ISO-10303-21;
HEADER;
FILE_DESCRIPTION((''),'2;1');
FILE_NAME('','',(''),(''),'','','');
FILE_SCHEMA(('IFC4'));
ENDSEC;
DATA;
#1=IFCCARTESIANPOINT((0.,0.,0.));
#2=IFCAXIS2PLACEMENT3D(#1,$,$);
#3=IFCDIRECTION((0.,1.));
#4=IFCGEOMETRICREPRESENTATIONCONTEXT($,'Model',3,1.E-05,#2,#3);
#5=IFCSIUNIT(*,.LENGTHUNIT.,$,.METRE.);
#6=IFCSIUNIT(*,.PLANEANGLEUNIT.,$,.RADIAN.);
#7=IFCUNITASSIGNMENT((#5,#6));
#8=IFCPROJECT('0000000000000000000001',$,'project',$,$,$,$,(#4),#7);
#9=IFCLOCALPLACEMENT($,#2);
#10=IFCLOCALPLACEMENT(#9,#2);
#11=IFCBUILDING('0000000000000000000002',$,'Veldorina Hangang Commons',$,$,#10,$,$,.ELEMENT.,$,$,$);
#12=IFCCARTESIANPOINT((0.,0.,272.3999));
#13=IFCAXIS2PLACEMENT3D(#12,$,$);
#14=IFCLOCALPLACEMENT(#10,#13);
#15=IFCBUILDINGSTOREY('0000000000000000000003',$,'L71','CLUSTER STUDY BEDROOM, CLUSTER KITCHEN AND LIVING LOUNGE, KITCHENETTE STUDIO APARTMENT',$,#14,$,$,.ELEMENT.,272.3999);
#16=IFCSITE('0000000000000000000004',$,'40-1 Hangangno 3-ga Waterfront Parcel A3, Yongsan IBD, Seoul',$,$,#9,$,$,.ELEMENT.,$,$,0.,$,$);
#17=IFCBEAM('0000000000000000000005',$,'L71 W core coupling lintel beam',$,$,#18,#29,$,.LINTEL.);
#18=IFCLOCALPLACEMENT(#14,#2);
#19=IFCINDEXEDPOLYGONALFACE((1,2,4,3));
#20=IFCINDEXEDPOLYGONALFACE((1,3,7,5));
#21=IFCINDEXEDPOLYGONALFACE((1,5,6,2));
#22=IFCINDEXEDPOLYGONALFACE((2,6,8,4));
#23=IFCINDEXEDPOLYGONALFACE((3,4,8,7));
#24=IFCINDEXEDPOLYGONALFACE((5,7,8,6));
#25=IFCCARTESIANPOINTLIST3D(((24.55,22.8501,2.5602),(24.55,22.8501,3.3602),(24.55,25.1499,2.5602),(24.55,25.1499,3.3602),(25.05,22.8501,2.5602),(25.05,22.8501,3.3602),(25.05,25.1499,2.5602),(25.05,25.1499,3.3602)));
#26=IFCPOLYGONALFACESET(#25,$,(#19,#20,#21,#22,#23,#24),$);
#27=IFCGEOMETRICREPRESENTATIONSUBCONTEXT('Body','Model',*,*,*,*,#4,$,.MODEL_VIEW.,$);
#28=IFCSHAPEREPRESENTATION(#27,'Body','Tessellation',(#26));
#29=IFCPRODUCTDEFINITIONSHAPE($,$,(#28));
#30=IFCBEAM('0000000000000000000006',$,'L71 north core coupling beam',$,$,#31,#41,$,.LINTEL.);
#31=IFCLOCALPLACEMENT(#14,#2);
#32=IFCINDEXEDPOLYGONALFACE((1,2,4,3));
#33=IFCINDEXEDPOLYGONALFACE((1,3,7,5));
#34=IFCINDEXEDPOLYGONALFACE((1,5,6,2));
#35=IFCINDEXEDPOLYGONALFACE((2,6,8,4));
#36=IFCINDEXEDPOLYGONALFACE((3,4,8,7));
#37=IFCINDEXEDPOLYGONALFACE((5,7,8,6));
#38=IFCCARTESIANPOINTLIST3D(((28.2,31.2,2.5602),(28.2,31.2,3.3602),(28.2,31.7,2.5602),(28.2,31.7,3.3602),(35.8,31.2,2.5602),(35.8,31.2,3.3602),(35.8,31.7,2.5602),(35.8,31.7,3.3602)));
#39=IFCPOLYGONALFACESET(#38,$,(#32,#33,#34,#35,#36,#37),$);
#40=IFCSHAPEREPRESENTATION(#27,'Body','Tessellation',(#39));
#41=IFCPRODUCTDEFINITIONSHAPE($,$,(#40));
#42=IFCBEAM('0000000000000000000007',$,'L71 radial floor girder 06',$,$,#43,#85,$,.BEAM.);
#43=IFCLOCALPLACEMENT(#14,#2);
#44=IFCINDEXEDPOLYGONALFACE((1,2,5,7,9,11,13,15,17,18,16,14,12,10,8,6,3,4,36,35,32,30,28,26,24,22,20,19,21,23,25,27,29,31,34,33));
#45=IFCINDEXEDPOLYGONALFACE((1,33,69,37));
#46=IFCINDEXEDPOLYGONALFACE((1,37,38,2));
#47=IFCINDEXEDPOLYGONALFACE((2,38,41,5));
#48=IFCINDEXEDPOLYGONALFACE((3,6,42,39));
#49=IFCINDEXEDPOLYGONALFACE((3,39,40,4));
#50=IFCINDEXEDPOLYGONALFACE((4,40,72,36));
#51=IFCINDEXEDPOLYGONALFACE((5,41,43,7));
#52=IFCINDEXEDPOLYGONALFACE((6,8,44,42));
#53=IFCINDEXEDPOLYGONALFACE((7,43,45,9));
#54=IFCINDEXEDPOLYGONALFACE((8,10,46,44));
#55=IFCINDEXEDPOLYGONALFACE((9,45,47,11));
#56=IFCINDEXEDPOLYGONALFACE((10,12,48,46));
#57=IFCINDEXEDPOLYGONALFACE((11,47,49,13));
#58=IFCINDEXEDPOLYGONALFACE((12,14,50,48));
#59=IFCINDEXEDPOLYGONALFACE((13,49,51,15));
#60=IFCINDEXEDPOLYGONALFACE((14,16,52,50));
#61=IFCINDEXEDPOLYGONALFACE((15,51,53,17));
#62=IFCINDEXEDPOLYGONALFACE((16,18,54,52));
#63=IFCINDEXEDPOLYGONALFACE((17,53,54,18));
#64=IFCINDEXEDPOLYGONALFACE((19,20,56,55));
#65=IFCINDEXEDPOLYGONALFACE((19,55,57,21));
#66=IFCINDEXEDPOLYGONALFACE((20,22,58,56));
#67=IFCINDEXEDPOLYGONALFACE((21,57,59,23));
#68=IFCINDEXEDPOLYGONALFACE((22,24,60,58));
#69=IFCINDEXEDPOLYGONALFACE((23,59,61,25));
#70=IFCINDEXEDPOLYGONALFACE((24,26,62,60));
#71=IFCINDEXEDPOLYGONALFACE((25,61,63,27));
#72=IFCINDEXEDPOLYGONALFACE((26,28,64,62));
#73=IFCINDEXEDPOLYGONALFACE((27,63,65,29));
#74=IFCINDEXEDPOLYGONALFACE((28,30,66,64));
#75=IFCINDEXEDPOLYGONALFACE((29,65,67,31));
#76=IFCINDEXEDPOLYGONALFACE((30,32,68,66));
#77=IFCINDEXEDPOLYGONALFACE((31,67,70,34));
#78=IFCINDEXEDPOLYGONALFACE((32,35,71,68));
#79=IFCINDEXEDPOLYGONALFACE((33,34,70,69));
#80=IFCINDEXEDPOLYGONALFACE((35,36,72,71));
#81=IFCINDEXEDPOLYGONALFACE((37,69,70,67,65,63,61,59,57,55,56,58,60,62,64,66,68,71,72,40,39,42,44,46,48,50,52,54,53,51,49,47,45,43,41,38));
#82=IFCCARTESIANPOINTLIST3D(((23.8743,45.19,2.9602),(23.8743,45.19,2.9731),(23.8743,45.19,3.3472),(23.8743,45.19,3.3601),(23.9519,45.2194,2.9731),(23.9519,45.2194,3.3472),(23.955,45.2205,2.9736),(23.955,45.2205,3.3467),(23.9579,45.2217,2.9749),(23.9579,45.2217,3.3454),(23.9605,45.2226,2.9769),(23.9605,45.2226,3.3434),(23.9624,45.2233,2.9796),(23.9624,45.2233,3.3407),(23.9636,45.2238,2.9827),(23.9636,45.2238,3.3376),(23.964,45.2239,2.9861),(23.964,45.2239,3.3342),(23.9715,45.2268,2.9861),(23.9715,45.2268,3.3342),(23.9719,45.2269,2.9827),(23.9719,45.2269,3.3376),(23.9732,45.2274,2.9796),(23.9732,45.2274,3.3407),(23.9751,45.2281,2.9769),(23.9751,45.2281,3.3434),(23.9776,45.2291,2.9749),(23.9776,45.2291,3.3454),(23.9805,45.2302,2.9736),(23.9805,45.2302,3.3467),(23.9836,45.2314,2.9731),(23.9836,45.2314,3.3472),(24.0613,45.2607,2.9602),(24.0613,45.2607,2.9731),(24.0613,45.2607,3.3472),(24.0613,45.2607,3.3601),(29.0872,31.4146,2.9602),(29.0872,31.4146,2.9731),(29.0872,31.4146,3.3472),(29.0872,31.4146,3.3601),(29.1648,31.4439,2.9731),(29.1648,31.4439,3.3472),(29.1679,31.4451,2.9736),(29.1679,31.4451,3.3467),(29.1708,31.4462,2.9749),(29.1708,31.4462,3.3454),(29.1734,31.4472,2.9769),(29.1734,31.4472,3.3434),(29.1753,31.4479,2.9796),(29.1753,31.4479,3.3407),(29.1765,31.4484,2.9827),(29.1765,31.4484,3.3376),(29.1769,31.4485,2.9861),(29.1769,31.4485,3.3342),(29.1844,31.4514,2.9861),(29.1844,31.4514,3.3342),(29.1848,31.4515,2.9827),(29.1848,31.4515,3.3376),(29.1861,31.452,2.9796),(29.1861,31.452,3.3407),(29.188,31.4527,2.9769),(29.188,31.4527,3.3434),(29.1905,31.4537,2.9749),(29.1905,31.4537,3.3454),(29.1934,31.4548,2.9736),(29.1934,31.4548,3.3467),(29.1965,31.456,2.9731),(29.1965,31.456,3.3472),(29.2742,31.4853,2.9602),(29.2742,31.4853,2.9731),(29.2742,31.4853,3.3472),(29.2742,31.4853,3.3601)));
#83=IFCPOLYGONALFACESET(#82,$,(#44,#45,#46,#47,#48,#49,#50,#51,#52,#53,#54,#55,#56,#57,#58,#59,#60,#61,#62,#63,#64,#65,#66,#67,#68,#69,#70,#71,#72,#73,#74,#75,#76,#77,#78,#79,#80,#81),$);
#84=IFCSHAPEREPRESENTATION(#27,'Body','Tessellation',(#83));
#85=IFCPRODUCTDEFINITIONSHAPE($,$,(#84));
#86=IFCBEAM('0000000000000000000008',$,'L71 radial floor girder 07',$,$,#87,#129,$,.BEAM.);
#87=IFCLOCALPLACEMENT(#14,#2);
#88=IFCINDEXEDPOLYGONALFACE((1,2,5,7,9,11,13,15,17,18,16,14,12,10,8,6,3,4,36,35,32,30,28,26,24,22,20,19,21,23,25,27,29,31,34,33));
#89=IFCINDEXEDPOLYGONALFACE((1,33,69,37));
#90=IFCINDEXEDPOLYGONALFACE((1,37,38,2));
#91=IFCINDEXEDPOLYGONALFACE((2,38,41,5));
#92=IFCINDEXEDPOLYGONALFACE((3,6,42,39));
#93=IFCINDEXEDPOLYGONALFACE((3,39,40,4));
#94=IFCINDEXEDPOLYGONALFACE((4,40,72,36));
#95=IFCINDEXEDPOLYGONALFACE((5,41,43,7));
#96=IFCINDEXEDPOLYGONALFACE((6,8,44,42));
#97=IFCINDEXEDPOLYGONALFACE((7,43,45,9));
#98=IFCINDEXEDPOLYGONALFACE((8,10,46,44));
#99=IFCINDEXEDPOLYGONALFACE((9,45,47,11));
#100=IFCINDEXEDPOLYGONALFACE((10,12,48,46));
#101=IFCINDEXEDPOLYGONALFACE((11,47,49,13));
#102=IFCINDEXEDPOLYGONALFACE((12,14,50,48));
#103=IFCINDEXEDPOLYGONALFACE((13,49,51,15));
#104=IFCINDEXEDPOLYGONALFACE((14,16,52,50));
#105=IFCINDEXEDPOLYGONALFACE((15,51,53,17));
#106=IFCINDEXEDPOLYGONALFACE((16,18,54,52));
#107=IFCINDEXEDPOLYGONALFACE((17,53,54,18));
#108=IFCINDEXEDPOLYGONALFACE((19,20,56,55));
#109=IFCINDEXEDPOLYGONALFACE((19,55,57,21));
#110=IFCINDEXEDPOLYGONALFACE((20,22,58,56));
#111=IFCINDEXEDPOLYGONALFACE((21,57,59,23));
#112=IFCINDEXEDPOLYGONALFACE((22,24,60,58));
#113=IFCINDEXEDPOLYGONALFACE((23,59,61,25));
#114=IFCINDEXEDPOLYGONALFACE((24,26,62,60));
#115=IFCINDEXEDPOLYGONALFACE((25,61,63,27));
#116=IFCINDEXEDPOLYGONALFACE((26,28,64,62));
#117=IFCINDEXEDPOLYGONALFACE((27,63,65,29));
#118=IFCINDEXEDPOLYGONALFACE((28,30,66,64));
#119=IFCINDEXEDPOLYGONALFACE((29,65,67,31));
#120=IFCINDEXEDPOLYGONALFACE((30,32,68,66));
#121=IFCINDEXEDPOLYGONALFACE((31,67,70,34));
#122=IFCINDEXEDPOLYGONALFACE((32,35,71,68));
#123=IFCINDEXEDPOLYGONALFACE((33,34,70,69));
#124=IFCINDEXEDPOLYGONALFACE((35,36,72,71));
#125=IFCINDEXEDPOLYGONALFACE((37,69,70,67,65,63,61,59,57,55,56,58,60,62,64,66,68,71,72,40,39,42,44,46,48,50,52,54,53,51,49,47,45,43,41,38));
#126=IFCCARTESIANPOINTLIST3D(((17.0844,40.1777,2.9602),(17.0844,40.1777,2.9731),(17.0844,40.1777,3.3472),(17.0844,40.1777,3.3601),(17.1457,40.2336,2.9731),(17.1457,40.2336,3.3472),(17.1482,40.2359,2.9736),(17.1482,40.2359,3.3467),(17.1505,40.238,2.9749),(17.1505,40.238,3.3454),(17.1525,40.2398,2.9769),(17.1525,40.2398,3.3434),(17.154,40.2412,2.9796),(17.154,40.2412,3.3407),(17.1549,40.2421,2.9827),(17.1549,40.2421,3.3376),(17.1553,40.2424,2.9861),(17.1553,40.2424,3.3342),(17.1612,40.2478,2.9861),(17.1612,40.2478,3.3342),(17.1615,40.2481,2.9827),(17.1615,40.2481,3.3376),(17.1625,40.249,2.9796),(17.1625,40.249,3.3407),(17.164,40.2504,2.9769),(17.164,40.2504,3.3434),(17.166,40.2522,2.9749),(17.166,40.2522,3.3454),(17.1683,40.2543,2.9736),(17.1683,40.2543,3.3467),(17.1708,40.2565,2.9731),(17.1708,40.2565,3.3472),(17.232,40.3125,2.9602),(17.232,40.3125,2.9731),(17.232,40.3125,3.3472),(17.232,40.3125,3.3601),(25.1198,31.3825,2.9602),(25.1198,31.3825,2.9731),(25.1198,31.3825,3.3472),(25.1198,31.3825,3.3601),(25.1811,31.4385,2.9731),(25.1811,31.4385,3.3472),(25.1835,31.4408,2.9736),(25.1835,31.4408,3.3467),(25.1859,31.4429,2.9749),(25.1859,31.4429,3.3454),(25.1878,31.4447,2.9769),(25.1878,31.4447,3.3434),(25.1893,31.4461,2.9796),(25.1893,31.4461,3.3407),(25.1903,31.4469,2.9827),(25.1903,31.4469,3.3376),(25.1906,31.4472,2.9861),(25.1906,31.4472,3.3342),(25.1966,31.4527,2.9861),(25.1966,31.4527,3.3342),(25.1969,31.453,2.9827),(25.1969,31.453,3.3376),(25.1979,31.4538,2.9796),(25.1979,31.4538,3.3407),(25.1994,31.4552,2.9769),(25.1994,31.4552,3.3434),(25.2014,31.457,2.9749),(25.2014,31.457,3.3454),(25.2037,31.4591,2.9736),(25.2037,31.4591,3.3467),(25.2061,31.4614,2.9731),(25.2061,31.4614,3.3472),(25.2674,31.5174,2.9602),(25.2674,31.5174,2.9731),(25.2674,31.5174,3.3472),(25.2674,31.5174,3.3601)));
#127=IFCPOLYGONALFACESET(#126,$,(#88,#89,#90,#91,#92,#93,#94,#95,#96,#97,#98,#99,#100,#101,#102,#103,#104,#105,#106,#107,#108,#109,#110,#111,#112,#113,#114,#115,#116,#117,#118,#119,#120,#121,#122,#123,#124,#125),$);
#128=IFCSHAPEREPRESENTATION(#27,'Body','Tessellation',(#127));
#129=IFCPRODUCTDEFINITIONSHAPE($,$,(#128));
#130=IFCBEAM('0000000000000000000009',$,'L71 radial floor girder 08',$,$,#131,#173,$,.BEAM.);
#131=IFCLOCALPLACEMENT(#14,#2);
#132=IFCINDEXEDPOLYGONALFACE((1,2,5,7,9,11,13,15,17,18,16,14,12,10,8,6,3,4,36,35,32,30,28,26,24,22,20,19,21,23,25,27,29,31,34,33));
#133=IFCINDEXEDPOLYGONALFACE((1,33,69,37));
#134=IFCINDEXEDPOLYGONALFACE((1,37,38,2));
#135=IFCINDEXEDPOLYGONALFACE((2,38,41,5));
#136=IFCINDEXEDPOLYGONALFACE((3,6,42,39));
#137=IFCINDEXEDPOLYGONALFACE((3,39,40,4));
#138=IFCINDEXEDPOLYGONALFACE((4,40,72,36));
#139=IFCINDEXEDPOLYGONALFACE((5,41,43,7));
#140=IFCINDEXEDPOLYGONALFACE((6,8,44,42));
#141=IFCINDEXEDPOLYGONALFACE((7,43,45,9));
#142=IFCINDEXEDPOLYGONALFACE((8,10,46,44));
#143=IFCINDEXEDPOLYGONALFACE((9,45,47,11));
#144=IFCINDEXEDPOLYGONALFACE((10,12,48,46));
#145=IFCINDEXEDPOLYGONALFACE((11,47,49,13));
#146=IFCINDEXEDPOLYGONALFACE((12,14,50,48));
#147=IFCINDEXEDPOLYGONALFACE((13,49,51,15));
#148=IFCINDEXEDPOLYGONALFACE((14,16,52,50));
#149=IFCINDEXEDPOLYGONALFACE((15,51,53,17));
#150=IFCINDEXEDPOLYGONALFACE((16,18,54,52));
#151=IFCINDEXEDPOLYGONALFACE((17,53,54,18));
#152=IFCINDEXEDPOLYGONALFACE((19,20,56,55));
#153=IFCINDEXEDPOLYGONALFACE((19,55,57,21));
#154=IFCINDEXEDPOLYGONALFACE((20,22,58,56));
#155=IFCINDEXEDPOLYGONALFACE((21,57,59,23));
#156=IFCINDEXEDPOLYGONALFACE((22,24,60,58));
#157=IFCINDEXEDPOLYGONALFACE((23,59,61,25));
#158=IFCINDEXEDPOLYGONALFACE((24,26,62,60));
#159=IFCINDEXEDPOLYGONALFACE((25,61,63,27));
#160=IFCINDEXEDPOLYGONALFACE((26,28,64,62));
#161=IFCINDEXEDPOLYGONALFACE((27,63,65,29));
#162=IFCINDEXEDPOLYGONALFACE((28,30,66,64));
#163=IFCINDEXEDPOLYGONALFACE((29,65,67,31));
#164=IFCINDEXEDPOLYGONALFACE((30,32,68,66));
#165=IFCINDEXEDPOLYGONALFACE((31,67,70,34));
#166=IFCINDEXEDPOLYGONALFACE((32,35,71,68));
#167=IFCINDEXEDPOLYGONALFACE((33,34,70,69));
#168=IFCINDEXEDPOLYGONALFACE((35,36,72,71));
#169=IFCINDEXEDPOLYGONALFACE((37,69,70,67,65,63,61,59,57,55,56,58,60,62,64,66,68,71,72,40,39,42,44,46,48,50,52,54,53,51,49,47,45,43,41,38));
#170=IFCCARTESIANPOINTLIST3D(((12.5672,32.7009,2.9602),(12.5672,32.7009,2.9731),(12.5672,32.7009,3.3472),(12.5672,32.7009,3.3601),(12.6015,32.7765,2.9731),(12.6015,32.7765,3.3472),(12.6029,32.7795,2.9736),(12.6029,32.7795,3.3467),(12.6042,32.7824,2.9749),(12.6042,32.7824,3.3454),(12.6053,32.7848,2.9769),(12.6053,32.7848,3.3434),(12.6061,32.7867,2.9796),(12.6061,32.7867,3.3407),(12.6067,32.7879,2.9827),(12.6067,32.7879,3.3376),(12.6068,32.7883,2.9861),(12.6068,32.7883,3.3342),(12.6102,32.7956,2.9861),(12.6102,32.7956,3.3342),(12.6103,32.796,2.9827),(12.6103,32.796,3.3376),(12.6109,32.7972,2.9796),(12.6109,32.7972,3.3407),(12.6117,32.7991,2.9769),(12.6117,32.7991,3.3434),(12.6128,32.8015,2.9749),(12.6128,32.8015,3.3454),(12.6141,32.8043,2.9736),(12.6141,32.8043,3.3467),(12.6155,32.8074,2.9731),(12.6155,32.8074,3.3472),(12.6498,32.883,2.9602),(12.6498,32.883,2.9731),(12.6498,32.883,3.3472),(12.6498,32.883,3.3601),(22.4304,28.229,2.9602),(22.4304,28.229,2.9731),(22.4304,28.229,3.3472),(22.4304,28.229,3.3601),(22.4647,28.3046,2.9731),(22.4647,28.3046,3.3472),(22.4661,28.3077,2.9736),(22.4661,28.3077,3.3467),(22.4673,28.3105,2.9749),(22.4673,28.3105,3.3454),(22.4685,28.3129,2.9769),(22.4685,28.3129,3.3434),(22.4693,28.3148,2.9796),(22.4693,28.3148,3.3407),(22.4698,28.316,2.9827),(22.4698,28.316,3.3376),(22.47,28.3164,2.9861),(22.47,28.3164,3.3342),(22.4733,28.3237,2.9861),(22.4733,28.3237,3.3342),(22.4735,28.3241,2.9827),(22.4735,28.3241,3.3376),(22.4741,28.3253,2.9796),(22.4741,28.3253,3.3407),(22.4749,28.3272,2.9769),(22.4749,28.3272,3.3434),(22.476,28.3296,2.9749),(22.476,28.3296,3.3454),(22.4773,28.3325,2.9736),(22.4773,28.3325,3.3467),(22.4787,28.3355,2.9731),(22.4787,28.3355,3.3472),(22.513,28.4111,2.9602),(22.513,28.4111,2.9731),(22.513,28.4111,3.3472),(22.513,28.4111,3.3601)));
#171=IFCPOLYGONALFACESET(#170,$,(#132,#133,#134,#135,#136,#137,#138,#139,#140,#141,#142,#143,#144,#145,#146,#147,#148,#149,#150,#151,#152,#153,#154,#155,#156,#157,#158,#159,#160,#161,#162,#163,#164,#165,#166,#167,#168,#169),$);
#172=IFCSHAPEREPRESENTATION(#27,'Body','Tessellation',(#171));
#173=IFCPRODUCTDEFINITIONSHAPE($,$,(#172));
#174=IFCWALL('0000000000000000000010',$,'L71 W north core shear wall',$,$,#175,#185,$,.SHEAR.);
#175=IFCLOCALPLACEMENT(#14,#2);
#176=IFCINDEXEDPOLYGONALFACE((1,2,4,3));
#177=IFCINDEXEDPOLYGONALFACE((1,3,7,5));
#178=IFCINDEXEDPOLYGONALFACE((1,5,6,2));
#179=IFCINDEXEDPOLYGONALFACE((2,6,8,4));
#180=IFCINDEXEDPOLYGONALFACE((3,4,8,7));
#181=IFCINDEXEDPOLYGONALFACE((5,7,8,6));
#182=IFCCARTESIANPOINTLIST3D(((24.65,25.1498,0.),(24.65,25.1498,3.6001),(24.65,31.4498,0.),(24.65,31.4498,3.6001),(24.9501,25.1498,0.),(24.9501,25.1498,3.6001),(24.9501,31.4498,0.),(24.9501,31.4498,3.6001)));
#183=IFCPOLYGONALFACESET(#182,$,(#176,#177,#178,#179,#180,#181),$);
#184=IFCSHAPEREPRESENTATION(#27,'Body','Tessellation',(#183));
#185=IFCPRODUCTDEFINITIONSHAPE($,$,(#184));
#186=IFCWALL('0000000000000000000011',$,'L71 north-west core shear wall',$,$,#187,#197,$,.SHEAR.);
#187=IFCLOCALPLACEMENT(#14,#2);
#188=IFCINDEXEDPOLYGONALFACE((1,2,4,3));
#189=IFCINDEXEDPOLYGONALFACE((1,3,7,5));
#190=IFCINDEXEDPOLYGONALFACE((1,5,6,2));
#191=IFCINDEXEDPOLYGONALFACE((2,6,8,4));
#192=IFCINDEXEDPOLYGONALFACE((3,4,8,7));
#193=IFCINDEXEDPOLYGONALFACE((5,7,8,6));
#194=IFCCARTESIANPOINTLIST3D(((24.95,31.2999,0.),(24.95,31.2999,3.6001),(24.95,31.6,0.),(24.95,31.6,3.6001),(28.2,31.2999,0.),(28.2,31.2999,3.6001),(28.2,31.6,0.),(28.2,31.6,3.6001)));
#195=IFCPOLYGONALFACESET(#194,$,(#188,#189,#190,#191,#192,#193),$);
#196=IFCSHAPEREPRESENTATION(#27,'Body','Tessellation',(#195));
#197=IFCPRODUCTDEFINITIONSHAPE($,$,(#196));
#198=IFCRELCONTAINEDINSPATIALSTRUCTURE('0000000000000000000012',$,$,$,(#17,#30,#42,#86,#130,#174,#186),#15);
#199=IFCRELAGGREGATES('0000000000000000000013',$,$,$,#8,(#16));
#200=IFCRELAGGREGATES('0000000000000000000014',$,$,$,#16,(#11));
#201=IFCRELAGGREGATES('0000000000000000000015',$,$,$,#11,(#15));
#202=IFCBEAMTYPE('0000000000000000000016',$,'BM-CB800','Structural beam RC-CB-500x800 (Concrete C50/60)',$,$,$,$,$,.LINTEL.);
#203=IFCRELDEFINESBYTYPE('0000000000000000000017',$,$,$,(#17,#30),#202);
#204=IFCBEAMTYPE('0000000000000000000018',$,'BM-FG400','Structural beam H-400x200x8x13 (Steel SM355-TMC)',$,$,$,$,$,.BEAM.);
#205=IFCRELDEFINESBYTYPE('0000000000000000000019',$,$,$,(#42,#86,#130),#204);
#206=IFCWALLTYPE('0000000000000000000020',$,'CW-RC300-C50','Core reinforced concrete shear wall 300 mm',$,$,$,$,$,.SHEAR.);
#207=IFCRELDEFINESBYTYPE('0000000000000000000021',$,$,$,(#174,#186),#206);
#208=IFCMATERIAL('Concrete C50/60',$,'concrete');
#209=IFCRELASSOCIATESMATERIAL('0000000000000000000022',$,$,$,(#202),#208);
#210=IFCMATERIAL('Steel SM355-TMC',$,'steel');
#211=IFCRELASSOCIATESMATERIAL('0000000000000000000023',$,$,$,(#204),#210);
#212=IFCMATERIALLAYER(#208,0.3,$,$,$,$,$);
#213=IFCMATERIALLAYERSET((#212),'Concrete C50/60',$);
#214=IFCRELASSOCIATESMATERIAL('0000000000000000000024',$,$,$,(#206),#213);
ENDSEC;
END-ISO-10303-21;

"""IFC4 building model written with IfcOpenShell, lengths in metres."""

from ifc_helpers import new_model, si_unit, direction, frame, frame_2d, origin, origin_2d, place, context, subcontext, project, spatial, rectangle, i_section, extrude, material, layer, layer_set, material_profile, profile_set, type_object, element, save


model = new_model("IFC4")

# Units and contexts
model_context = context("Model", 3, precision=1e-05, world=origin(), true_north=direction((0.0, 1.0)))
body_context = subcontext(model_context, "Body", "Model", "MODEL_VIEW")
ifc_project = project(units=[si_unit("LENGTHUNIT", "METRE"), si_unit("PLANEANGLEUNIT", "RADIAN")], contexts=[model_context])

# Site, building, storey
site_placement = place(None, origin())
site = spatial("IfcSite", under=ifc_project, at=site_placement, Name="40-1 Hangangno 3-ga Waterfront Parcel A3, Yongsan IBD, Seoul", CompositionType="ELEMENT", RefElevation=0.0)
building_placement = place(site_placement, origin())
building = spatial("IfcBuilding", under=site, at=building_placement, Name="Veldorina Hangang Commons", CompositionType="ELEMENT")
storey_placement = place(building_placement, frame((0.0, 0.0, 272.3999)))
storey = spatial("IfcBuildingStorey", under=building, at=storey_placement, Name="L71", Description="CLUSTER STUDY BEDROOM, CLUSTER KITCHEN AND LIVING LOUNGE, KITCHENETTE STUDIO APARTMENT", CompositionType="ELEMENT", Elevation=272.3999)

# Beams
ifc_material_1 = material(Name="Concrete C50/60", Category="concrete")
ifc_material_profile_1 = material_profile(ifc_material_1, rectangle(XDim=0.5, YDim=0.8, at=origin_2d()), Name="RC-CB-500x800")
ifc_profile_set_1 = profile_set([ifc_material_profile_1], Name="Concrete C50/60")
beam_type_1 = type_object("IfcBeamType", Name="BM-CB800", Description="Structural beam RC-CB-500x800 (Concrete C50/60)", PredefinedType="LINTEL", material=ifc_profile_set_1)
beam_1_placement = place(storey_placement, frame((24.8, 22.8501, 2.9602), z_axis=(0.0, 1.0, 0.0), x_axis=(-1.0, 0.0, 0.0)))
element("IfcBeam", 1, at=beam_1_placement, inside=storey, type_object=beam_type_1, Name="L71 W core coupling lintel beam", PredefinedType="LINTEL", context=body_context, shape_type="SweptSolid", body=[
    extrude(rectangle(XDim=0.5, YDim=0.8, at=origin_2d()), origin(), (0.0, 0.0, 1.0), 2.2998),
])
beam_2_placement = place(storey_placement, frame((28.2, 31.45, 2.9602), z_axis=(1.0, 0.0, 0.0), x_axis=(0.0, 1.0, 0.0)))
element("IfcBeam", 2, at=beam_2_placement, inside=storey, type_object=beam_type_1, Name="L71 north core coupling beam", PredefinedType="LINTEL", context=body_context, shape_type="SweptSolid", body=[
    extrude(rectangle(XDim=0.5, YDim=0.8, at=origin_2d()), origin(), (0.0, 0.0, 1.0), 7.6001),
])
ifc_material_2 = material(Name="Steel SM355-TMC", Category="steel")
ifc_material_profile_2 = material_profile(ifc_material_2, i_section(OverallWidth=0.2, OverallDepth=0.3999, WebThickness=0.0081, FlangeThickness=0.0129, FilletRadius=0.0129, at=origin_2d()), Name="H-400x200x8x13")
ifc_profile_set_2 = profile_set([ifc_material_profile_2], Name="Steel SM355-TMC")
beam_type_2 = type_object("IfcBeamType", Name="BM-FG400", Description="Structural beam H-400x200x8x13 (Steel SM355-TMC)", PredefinedType="BEAM", material=ifc_profile_set_2)
beam_3_placement = place(storey_placement, frame((29.1807, 31.45, 3.1602), z_axis=(-0.353927, 0.935273, 0.0), x_axis=(-0.935273, -0.353927, 0.0)))
element("IfcBeam", 3, at=beam_3_placement, inside=storey, type_object=beam_type_2, Name="L71 radial floor girder 06", PredefinedType="BEAM", context=body_context, shape_type="SweptSolid", body=[
    extrude(i_section(OverallWidth=0.2, OverallDepth=0.3999, WebThickness=0.0081, FlangeThickness=0.0129, FilletRadius=0.0129, at=origin_2d()), origin(), (0.0, 0.0, 1.0), 14.7288),
])
beam_4_placement = place(storey_placement, frame((25.1936, 31.45, 3.1602), z_axis=(-0.6745, 0.738275, 0.0), x_axis=(-0.738275, -0.6745, 0.0)))
element("IfcBeam", 4, at=beam_4_placement, inside=storey, type_object=beam_type_2, Name="L71 radial floor girder 07", PredefinedType="BEAM", context=body_context, shape_type="SweptSolid", body=[
    extrude(i_section(OverallWidth=0.2, OverallDepth=0.3999, WebThickness=0.0081, FlangeThickness=0.0129, FilletRadius=0.0129, at=origin_2d()), origin(), (0.0, 0.0, 1.0), 11.9131),
])
beam_5_placement = place(storey_placement, frame((22.4717, 28.3201, 3.1602), z_axis=(-0.910762, 0.412931, 0.0), x_axis=(-0.412931, -0.910762, 0.0)))
element("IfcBeam", 5, at=beam_5_placement, inside=storey, type_object=beam_type_2, Name="L71 radial floor girder 08", PredefinedType="BEAM", context=body_context, shape_type="SweptSolid", body=[
    extrude(i_section(OverallWidth=0.2, OverallDepth=0.3999, WebThickness=0.0081, FlangeThickness=0.0129, FilletRadius=0.0129, at=origin_2d()), origin(), (0.0, 0.0, 1.0), 10.8296),
])

# Walls
ifc_layer_1 = layer(ifc_material_1, 0.3)
ifc_layer_set_1 = layer_set([ifc_layer_1], Name="Concrete C50/60")
wall_type_1 = type_object("IfcWallType", Name="CW-RC300-C50", Description="Core reinforced concrete shear wall 300 mm", PredefinedType="SHEAR", material=ifc_layer_set_1)
wall_1_placement = place(storey_placement, frame((24.8, 25.1499, 0.0), z_axis=(0.0, 0.0, 1.0), x_axis=(0.0, 1.0, 0.0)))
element("IfcWall", 6, at=wall_1_placement, inside=storey, type_object=wall_type_1, Name="L71 W north core shear wall", PredefinedType="SHEAR", context=body_context, shape_type="SweptSolid", body=[
    extrude(rectangle(XDim=6.3, YDim=0.3, at=frame_2d((3.1499, 0.0))), origin(), (0.0, 0.0, 1.0), 3.6001),
])
wall_2_placement = place(storey_placement, frame((24.95, 31.45, 0.0), z_axis=(0.0, 0.0, 1.0), x_axis=(1.0, 0.0, 0.0)))
element("IfcWall", 7, at=wall_2_placement, inside=storey, type_object=wall_type_1, Name="L71 north-west core shear wall", PredefinedType="SHEAR", context=body_context, shape_type="SweptSolid", body=[
    extrude(rectangle(XDim=3.25, YDim=0.3, at=frame_2d((1.625, 0.0))), origin(), (0.0, 0.0, 1.0), 3.6001),
])

save(model, "model.ifc")
